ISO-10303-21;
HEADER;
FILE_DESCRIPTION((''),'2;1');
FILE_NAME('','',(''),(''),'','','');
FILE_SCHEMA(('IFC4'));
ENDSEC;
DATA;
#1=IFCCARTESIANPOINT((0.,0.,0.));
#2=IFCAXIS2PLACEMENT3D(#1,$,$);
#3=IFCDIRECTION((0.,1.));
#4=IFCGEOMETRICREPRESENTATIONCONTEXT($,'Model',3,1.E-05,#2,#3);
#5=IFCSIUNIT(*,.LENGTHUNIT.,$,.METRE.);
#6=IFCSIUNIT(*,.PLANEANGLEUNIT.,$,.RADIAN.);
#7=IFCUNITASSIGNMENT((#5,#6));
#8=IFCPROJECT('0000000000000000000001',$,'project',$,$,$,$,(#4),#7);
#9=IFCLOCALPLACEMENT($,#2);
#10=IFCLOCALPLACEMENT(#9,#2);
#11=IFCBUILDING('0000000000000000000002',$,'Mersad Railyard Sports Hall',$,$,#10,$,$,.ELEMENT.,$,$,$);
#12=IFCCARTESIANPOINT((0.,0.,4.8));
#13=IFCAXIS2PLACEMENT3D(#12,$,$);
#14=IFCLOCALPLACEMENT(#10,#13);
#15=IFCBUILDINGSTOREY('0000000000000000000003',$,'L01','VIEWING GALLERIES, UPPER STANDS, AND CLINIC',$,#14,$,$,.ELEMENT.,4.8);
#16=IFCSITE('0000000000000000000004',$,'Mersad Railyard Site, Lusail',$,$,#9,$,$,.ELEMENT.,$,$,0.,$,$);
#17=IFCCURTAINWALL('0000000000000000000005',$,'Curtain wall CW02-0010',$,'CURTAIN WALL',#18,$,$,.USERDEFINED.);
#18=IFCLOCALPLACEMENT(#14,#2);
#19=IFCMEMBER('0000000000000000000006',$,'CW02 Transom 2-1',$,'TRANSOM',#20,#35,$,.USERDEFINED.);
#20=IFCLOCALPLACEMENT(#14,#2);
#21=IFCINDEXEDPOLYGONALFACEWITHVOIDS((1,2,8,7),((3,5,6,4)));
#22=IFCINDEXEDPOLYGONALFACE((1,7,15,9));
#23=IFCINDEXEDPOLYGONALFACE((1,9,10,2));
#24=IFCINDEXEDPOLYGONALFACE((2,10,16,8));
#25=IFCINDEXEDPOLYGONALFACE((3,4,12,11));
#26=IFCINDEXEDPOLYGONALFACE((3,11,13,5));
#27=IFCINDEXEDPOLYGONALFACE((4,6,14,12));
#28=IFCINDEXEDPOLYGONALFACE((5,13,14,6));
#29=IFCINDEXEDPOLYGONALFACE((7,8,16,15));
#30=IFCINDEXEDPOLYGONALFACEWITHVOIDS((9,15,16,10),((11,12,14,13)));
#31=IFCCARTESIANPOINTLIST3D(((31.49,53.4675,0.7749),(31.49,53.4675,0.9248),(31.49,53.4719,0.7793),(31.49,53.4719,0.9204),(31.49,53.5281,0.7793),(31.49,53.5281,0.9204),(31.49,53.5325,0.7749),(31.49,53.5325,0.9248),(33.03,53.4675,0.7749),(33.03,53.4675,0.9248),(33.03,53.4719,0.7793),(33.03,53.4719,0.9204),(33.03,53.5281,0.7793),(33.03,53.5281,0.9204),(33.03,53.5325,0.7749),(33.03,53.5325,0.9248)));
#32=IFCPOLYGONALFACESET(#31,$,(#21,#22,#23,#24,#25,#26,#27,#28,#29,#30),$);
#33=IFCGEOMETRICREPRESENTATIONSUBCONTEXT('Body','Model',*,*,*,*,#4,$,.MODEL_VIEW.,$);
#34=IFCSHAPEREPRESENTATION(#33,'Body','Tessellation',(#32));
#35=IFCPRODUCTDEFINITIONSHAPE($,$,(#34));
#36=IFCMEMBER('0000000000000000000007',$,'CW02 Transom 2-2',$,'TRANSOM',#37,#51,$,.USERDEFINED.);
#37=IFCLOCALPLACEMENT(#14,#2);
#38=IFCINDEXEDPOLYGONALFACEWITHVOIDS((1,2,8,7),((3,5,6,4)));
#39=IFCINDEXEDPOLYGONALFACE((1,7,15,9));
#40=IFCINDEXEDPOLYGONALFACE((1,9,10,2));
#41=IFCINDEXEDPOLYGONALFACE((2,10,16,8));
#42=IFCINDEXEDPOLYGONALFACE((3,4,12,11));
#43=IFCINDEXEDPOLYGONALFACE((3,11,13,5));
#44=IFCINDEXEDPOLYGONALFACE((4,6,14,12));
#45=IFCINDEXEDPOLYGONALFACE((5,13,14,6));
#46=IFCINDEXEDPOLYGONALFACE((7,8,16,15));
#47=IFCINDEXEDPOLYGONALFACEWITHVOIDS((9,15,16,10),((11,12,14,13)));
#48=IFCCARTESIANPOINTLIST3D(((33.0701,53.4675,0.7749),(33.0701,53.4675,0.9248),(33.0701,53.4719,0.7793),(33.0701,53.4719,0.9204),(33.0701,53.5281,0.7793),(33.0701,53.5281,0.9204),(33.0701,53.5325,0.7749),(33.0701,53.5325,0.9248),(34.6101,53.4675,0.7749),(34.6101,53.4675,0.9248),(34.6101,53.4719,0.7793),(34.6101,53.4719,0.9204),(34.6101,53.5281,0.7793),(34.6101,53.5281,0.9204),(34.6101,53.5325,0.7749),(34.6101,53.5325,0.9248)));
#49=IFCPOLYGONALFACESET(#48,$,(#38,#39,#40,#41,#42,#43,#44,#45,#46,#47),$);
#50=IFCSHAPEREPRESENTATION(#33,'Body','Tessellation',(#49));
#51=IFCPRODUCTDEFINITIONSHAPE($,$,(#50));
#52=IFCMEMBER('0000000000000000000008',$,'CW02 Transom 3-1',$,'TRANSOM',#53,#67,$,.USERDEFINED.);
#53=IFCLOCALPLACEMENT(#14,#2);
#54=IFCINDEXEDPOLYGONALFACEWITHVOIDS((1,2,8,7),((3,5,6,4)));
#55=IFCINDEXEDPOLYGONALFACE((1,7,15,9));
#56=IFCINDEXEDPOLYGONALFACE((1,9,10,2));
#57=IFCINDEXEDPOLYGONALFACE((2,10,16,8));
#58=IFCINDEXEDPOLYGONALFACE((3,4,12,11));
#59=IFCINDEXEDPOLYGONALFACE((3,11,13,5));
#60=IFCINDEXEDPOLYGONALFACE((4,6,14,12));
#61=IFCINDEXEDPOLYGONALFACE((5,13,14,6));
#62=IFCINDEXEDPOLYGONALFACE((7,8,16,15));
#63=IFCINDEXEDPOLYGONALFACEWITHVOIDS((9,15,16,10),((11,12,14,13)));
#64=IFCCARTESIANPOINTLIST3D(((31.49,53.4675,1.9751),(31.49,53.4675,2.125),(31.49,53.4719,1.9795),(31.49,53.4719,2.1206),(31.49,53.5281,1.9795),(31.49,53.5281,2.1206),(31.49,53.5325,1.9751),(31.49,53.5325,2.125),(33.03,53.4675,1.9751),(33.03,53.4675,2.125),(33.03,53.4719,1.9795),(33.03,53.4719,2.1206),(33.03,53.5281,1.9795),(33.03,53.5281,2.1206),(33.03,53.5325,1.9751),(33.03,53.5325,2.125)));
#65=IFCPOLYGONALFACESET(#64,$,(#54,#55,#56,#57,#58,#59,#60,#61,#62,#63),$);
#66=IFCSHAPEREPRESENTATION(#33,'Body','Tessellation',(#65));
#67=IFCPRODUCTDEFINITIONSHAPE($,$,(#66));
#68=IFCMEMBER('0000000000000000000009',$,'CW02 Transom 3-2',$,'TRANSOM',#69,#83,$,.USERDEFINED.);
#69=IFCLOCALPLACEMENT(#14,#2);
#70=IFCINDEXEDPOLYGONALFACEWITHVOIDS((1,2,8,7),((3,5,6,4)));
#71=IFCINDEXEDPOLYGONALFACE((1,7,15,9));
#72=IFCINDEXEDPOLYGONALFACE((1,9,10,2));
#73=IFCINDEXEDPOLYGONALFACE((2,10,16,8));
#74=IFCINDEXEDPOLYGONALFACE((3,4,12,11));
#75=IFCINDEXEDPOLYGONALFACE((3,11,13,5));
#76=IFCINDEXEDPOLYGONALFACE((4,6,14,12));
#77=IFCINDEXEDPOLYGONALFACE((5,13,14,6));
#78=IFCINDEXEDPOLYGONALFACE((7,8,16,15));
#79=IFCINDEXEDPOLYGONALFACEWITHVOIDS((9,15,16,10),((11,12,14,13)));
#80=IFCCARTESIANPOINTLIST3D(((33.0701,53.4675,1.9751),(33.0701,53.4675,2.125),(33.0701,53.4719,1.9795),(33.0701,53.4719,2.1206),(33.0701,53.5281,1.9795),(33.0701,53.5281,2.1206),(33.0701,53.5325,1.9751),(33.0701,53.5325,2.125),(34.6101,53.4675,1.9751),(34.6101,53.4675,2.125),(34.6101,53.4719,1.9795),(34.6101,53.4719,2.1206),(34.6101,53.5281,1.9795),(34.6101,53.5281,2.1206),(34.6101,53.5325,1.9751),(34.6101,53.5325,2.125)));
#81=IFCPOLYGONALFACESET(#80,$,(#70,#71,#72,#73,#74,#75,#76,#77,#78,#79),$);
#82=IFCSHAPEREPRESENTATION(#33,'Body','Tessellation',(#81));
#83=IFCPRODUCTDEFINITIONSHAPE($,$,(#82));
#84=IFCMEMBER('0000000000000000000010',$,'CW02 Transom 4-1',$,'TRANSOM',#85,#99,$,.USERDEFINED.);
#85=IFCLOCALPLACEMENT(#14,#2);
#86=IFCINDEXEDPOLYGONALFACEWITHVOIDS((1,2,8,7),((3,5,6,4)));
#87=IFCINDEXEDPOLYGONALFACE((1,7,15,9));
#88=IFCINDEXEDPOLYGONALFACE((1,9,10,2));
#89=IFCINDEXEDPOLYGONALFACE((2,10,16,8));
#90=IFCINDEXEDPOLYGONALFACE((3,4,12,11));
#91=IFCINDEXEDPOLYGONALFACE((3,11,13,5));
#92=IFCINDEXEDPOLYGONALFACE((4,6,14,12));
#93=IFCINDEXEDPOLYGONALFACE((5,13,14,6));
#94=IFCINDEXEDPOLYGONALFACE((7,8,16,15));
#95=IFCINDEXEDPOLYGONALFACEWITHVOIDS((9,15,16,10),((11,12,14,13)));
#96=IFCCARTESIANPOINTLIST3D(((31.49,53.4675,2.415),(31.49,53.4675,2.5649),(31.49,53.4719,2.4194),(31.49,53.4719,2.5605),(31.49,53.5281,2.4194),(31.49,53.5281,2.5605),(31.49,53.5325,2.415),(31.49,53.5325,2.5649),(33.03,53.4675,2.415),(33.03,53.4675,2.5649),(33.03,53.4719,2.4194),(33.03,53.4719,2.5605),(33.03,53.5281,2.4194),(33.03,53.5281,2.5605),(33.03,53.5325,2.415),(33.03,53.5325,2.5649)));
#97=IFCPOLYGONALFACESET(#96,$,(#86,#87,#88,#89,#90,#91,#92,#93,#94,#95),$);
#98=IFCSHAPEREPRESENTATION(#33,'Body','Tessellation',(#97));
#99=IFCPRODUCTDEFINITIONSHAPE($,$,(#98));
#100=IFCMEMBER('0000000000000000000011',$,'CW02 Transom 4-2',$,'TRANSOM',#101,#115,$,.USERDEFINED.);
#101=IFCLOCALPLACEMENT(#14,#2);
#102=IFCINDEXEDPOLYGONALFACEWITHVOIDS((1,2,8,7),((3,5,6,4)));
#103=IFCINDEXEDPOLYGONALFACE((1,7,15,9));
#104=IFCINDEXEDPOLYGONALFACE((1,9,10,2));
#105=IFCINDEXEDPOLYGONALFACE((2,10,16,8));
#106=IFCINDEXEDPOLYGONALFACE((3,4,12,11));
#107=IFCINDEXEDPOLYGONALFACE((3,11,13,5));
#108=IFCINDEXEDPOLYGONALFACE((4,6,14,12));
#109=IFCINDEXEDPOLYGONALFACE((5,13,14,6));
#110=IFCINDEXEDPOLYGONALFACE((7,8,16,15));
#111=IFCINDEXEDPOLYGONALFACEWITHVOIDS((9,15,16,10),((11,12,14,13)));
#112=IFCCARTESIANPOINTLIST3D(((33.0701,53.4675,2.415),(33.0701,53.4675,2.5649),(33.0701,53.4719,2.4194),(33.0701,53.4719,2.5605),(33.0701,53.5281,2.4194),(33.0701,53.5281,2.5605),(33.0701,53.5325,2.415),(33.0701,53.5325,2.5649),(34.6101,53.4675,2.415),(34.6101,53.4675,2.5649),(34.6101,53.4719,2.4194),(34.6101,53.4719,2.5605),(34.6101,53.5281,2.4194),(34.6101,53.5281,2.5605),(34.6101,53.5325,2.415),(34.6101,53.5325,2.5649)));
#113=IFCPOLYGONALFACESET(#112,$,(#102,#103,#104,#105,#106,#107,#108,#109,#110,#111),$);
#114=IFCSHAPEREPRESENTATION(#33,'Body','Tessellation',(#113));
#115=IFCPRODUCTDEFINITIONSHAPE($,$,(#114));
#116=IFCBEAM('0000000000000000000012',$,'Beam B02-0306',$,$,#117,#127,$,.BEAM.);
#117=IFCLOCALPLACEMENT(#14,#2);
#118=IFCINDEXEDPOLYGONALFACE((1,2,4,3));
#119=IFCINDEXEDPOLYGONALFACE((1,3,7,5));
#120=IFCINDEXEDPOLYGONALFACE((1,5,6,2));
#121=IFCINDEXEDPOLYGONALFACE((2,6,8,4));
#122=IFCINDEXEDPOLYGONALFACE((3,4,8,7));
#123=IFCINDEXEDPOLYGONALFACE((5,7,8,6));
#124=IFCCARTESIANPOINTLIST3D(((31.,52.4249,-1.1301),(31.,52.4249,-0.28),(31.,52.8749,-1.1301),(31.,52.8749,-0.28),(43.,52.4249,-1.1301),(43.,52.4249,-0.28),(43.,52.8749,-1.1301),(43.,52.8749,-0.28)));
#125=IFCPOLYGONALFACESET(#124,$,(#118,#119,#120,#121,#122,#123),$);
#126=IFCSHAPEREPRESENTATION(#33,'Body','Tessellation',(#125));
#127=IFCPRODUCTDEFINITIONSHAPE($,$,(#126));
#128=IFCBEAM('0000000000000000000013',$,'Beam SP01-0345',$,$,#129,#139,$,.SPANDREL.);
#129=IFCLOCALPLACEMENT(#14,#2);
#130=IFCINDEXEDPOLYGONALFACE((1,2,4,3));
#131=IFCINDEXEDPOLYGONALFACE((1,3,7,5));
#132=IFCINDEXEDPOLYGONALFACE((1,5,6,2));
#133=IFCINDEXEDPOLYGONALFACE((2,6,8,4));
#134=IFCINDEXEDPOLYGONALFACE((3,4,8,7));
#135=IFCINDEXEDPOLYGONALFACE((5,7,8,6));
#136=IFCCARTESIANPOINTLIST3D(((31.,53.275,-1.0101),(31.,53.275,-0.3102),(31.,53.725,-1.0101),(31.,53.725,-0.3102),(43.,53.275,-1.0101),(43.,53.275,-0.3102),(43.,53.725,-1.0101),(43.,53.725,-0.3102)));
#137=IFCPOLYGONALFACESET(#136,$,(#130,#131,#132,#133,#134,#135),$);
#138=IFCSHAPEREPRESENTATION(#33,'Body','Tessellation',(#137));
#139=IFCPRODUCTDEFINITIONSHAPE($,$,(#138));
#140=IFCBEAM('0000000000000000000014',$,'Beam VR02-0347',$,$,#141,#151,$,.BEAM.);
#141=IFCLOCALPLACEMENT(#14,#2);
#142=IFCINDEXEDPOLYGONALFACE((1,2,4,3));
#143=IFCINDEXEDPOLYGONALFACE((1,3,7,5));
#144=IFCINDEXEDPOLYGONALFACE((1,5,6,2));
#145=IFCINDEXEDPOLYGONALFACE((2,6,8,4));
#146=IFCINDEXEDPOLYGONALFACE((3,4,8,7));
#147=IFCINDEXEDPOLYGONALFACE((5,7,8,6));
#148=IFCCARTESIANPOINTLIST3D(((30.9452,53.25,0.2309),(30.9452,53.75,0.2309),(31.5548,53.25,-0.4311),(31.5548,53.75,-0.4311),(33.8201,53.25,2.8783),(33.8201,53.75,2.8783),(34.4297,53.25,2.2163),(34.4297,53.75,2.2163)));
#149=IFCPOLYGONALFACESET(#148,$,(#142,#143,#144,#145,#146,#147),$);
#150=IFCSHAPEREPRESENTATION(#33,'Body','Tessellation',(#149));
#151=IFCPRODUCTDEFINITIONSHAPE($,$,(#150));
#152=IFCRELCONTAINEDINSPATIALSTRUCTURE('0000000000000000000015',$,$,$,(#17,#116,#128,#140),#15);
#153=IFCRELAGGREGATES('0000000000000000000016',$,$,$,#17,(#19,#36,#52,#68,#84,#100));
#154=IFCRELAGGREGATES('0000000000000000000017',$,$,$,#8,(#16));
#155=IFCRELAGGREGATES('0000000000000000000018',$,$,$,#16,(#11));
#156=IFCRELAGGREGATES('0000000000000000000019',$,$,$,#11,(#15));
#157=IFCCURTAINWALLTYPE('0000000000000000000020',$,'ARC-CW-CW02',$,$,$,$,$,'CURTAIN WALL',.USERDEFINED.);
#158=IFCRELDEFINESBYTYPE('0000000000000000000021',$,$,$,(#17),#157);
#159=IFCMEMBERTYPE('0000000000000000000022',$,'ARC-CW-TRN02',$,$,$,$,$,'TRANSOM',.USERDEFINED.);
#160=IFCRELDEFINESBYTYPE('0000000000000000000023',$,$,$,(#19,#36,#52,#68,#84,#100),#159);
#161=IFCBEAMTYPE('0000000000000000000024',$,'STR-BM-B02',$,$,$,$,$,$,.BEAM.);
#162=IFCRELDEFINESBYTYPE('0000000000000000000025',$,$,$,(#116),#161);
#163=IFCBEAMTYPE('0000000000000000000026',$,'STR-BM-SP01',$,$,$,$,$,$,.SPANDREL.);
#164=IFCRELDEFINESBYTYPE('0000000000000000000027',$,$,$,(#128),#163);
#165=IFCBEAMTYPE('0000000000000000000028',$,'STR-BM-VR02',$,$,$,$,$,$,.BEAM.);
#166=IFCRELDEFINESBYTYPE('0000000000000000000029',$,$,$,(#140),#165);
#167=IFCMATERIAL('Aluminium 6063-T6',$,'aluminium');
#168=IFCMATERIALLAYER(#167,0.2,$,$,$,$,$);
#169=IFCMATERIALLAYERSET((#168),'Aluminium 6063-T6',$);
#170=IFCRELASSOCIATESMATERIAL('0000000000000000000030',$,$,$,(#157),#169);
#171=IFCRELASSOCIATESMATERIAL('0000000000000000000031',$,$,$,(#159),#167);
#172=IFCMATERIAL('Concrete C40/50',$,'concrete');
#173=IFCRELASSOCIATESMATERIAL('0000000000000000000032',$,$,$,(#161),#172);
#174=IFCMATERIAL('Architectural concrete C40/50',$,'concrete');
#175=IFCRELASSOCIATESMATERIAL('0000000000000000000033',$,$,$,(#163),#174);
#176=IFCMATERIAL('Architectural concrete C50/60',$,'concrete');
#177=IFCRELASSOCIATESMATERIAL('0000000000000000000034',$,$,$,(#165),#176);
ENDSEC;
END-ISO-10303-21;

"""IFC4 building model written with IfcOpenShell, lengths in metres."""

from ifc_helpers import new_model, si_unit, direction, frame, origin, origin_2d, place, context, subcontext, project, spatial, rectangle, hollow_rectangle, extrude, material, layer, layer_set, material_profile, profile_set, type_object, element, aggregate, save


model = new_model("IFC4")

# Units and contexts
model_context = context("Model", 3, precision=1e-05, world=origin(), true_north=direction((0.0, 1.0)))
body_context = subcontext(model_context, "Body", "Model", "MODEL_VIEW")
ifc_project = project(units=[si_unit("LENGTHUNIT", "METRE"), si_unit("PLANEANGLEUNIT", "RADIAN")], contexts=[model_context])

# Site, building, storey
site_placement = place(None, origin())
site = spatial("IfcSite", under=ifc_project, at=site_placement, Name="Mersad Railyard Site, Lusail", CompositionType="ELEMENT", RefElevation=0.0)
building_placement = place(site_placement, origin())
building = spatial("IfcBuilding", under=site, at=building_placement, Name="Mersad Railyard Sports Hall", CompositionType="ELEMENT")
storey_placement = place(building_placement, frame((0.0, 0.0, 4.8)))
storey = spatial("IfcBuildingStorey", under=building, at=storey_placement, Name="L01", Description="VIEWING GALLERIES, UPPER STANDS, AND CLINIC", CompositionType="ELEMENT", Elevation=4.8)

# Shared definitions
ifc_material_1 = material(Name="Architectural concrete C50/60", Category="concrete")

# Curtain wall
ifc_material_2 = material(Name="Aluminium 6063-T6", Category="aluminium")
ifc_layer_1 = layer(ifc_material_2, 0.2)
ifc_layer_set_1 = layer_set([ifc_layer_1], Name="Aluminium 6063-T6")
curtain_wall_type = type_object("IfcCurtainWallType", Name="ARC-CW-CW02", ElementType="CURTAIN WALL", PredefinedType="USERDEFINED", material=ifc_layer_set_1)
curtain_wall_1_placement = place(storey_placement, origin())
curtain_wall_1 = element("IfcCurtainWall", 1, at=curtain_wall_1_placement, inside=storey, type_object=curtain_wall_type, Name="Curtain wall CW02-0010", ObjectType="CURTAIN WALL", PredefinedType="USERDEFINED")

# Members
ifc_material_profile_1 = material_profile(ifc_material_2, hollow_rectangle(XDim=0.0649, YDim=0.1499, WallThickness=0.0044, at=origin_2d()), Name="AL TRANSOM 65x150x4.5")
ifc_profile_set_1 = profile_set([ifc_material_profile_1], Name="Aluminium 6063-T6")
member_type_1 = type_object("IfcMemberType", Name="ARC-CW-TRN02", ElementType="TRANSOM", PredefinedType="USERDEFINED", material=ifc_profile_set_1)
member_1_placement = place(storey_placement, frame((31.49, 53.5, 0.8499), z_axis=(1.0, 0.0, 0.0), x_axis=(0.0, 1.0, 0.0)))
member_1 = element("IfcMember", 2, at=member_1_placement, type_object=member_type_1, Name="CW02 Transom 2-1", ObjectType="TRANSOM", PredefinedType="USERDEFINED", context=body_context, shape_type="SweptSolid", body=[
    extrude(hollow_rectangle(XDim=0.0649, YDim=0.1499, WallThickness=0.0044, at=origin_2d()), origin(), (0.0, 0.0, 1.0), 1.54),
])
member_2_placement = place(storey_placement, frame((33.0701, 53.5, 0.8499), z_axis=(1.0, 0.0, 0.0), x_axis=(0.0, 1.0, 0.0)))
member_2 = element("IfcMember", 3, at=member_2_placement, type_object=member_type_1, Name="CW02 Transom 2-2", ObjectType="TRANSOM", PredefinedType="USERDEFINED", context=body_context, shape_type="SweptSolid", body=[
    extrude(hollow_rectangle(XDim=0.0649, YDim=0.1499, WallThickness=0.0044, at=origin_2d()), origin(), (0.0, 0.0, 1.0), 1.54),
])
member_3_placement = place(storey_placement, frame((31.49, 53.5, 2.05), z_axis=(1.0, 0.0, 0.0), x_axis=(0.0, 1.0, 0.0)))
member_3 = element("IfcMember", 4, at=member_3_placement, type_object=member_type_1, Name="CW02 Transom 3-1", ObjectType="TRANSOM", PredefinedType="USERDEFINED", context=body_context, shape_type="SweptSolid", body=[
    extrude(hollow_rectangle(XDim=0.0649, YDim=0.1499, WallThickness=0.0044, at=origin_2d()), origin(), (0.0, 0.0, 1.0), 1.54),
])
member_4_placement = place(storey_placement, frame((33.0701, 53.5, 2.05), z_axis=(1.0, 0.0, 0.0), x_axis=(0.0, 1.0, 0.0)))
member_4 = element("IfcMember", 5, at=member_4_placement, type_object=member_type_1, Name="CW02 Transom 3-2", ObjectType="TRANSOM", PredefinedType="USERDEFINED", context=body_context, shape_type="SweptSolid", body=[
    extrude(hollow_rectangle(XDim=0.0649, YDim=0.1499, WallThickness=0.0044, at=origin_2d()), origin(), (0.0, 0.0, 1.0), 1.54),
])
member_5_placement = place(storey_placement, frame((31.49, 53.5, 2.49), z_axis=(1.0, 0.0, 0.0), x_axis=(0.0, 1.0, 0.0)))
member_5 = element("IfcMember", 6, at=member_5_placement, type_object=member_type_1, Name="CW02 Transom 4-1", ObjectType="TRANSOM", PredefinedType="USERDEFINED", context=body_context, shape_type="SweptSolid", body=[
    extrude(hollow_rectangle(XDim=0.0649, YDim=0.1499, WallThickness=0.0044, at=origin_2d()), origin(), (0.0, 0.0, 1.0), 1.54),
])
member_6_placement = place(storey_placement, frame((33.0701, 53.5, 2.49), z_axis=(1.0, 0.0, 0.0), x_axis=(0.0, 1.0, 0.0)))
member_6 = element("IfcMember", 7, at=member_6_placement, type_object=member_type_1, Name="CW02 Transom 4-2", ObjectType="TRANSOM", PredefinedType="USERDEFINED", context=body_context, shape_type="SweptSolid", body=[
    extrude(hollow_rectangle(XDim=0.0649, YDim=0.1499, WallThickness=0.0044, at=origin_2d()), origin(), (0.0, 0.0, 1.0), 1.54),
])

# Beams
ifc_material_3 = material(Name="Concrete C40/50", Category="concrete")
ifc_material_profile_2 = material_profile(ifc_material_3, rectangle(XDim=0.45, YDim=0.8501, at=origin_2d()), Name="RC 450x850")
ifc_profile_set_2 = profile_set([ifc_material_profile_2], Name="Concrete C40/50")
beam_type_1 = type_object("IfcBeamType", Name="STR-BM-B02", PredefinedType="BEAM", material=ifc_profile_set_2)
beam_1_placement = place(storey_placement, frame((31.0, 52.6499, -0.7051), z_axis=(1.0, 0.0, 0.0), x_axis=(0.0, 1.0, 0.0)))
element("IfcBeam", 8, at=beam_1_placement, inside=storey, type_object=beam_type_1, Name="Beam B02-0306", PredefinedType="BEAM", context=body_context, shape_type="SweptSolid", body=[
    extrude(rectangle(XDim=0.45, YDim=0.8501, at=origin_2d()), origin(), (0.0, 0.0, 1.0), 12.0),
])
ifc_material_4 = material(Name="Architectural concrete C40/50", Category="concrete")
ifc_material_profile_3 = material_profile(ifc_material_4, rectangle(XDim=0.45, YDim=0.7, at=origin_2d()), Name="RC 450x700")
ifc_profile_set_3 = profile_set([ifc_material_profile_3], Name="Architectural concrete C40/50")
beam_type_2 = type_object("IfcBeamType", Name="STR-BM-SP01", PredefinedType="SPANDREL", material=ifc_profile_set_3)
beam_2_placement = place(storey_placement, frame((31.0, 53.5, -0.6602), z_axis=(1.0, 0.0, 0.0), x_axis=(0.0, 1.0, 0.0)))
element("IfcBeam", 9, at=beam_2_placement, inside=storey, type_object=beam_type_2, Name="Beam SP01-0345", PredefinedType="SPANDREL", context=body_context, shape_type="SweptSolid", body=[
    extrude(rectangle(XDim=0.45, YDim=0.7, at=origin_2d()), origin(), (0.0, 0.0, 1.0), 12.0),
])
ifc_material_profile_4 = material_profile(ifc_material_1, rectangle(XDim=0.5, YDim=0.8999, at=origin_2d()), Name="VR 500x900")
ifc_profile_set_4 = profile_set([ifc_material_profile_4], Name="Architectural concrete C50/60")
beam_type_3 = type_object("IfcBeamType", Name="STR-BM-VR02", PredefinedType="BEAM", material=ifc_profile_set_4)
beam_3_placement = place(storey_placement, frame((31.25, 53.5, -0.1001), z_axis=(0.735617, 0.0, 0.677397), x_axis=(0.0, 1.0, 0.0)))
element("IfcBeam", 10, at=beam_3_placement, inside=storey, type_object=beam_type_3, Name="Beam VR02-0347", PredefinedType="BEAM", context=body_context, shape_type="SweptSolid", body=[
    extrude(rectangle(XDim=0.5, YDim=0.8999, at=origin_2d()), origin(), (0.0, 0.0, 1.0), 3.9082),
])

aggregate(curtain_wall_1, [member_1, member_2, member_3, member_4, member_5, member_6])

save(model, "model.ifc")
